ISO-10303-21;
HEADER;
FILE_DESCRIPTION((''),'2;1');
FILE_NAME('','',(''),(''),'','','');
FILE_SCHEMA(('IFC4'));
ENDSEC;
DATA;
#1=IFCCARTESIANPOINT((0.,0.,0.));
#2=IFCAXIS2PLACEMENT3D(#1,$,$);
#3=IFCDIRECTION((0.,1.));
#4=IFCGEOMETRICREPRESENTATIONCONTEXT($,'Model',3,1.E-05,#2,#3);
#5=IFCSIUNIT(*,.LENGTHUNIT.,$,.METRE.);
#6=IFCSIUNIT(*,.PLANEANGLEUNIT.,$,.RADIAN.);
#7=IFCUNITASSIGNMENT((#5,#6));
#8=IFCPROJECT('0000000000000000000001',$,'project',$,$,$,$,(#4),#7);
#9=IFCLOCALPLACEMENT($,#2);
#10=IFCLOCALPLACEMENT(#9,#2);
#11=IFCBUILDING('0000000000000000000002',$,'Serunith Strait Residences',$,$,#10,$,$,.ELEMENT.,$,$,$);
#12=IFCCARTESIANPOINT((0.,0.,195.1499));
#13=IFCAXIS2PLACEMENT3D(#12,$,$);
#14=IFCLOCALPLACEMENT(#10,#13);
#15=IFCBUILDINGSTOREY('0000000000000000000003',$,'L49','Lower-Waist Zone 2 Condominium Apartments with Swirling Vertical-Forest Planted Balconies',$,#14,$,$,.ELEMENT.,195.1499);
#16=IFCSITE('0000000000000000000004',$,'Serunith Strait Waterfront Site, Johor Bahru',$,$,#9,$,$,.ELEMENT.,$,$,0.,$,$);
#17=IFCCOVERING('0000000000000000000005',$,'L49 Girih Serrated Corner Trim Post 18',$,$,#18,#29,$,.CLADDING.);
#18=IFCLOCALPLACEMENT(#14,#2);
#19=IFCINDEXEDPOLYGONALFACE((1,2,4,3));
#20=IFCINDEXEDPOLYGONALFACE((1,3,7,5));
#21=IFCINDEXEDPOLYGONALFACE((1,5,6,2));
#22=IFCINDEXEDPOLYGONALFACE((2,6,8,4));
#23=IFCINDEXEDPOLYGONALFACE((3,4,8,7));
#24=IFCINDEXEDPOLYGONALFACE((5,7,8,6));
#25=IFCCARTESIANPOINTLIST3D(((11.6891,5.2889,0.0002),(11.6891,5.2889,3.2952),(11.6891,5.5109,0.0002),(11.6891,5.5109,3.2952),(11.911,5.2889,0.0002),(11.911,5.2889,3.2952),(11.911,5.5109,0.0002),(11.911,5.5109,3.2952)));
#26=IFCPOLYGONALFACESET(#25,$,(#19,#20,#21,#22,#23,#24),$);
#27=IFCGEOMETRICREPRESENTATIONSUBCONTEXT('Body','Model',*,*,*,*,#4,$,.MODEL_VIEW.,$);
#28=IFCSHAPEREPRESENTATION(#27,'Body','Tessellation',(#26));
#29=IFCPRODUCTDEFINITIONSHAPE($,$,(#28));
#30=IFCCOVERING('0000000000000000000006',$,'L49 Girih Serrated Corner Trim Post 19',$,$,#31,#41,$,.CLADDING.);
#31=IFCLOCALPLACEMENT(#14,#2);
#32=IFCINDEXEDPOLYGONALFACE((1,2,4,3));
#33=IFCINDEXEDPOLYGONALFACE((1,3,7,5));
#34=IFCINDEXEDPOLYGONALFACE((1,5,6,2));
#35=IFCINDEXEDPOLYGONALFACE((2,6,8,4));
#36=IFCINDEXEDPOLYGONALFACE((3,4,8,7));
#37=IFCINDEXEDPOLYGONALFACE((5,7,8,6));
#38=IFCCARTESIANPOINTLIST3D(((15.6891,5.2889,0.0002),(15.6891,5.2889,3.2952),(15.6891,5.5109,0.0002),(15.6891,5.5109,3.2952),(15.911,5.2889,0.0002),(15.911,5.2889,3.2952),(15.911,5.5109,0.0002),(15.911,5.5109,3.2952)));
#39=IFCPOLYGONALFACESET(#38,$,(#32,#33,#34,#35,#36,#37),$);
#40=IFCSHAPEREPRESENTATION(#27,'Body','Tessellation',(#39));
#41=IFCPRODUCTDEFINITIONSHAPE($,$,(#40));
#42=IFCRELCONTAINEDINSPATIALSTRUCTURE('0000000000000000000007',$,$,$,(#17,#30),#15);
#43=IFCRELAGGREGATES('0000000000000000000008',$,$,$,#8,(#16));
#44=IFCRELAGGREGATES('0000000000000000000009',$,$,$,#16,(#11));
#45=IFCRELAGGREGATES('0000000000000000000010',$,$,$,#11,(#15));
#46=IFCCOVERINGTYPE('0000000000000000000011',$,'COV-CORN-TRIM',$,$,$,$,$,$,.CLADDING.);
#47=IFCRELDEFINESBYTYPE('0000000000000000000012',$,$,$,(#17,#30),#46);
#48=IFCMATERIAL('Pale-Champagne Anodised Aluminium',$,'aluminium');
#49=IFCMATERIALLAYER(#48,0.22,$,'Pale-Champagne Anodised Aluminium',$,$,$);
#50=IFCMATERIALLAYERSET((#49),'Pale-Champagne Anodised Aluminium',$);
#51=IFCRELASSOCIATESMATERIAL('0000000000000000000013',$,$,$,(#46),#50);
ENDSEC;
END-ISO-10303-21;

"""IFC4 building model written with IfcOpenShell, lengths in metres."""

from ifc_helpers import new_model, si_unit, direction, frame, origin, origin_2d, place, context, subcontext, project, spatial, rectangle, extrude, source, transform, mapped, material, layer, layer_set, type_object, element, save


model = new_model("IFC4")

# Units and contexts
model_context = context("Model", 3, precision=1e-05, world=origin(), true_north=direction((0.0, 1.0)))
body_context = subcontext(model_context, "Body", "Model", "MODEL_VIEW")
ifc_project = project(units=[si_unit("LENGTHUNIT", "METRE"), si_unit("PLANEANGLEUNIT", "RADIAN")], contexts=[model_context])

# Site, building, storey
site_placement = place(None, origin())
site = spatial("IfcSite", under=ifc_project, at=site_placement, Name="Serunith Strait Waterfront Site, Johor Bahru", CompositionType="ELEMENT", RefElevation=0.0)
building_placement = place(site_placement, origin())
building = spatial("IfcBuilding", under=site, at=building_placement, Name="Serunith Strait Residences", CompositionType="ELEMENT")
storey_placement = place(building_placement, frame((0.0, 0.0, 195.1499)))
storey = spatial("IfcBuildingStorey", under=building, at=storey_placement, Name="L49", Description="Lower-Waist Zone 2 Condominium Apartments with Swirling Vertical-Forest Planted Balconies", CompositionType="ELEMENT", Elevation=195.1499)

# Coverings
ifc_material_1 = material(Name="Pale-Champagne Anodised Aluminium", Category="aluminium")
ifc_layer_1 = layer(ifc_material_1, 0.22, Name="Pale-Champagne Anodised Aluminium")
ifc_layer_set_1 = layer_set([ifc_layer_1], Name="Pale-Champagne Anodised Aluminium")
covering_type_1 = type_object("IfcCoveringType", Name="COV-CORN-TRIM", PredefinedType="CLADDING", material=ifc_layer_set_1)
shared_shape_1 = source(origin(), body_context, "Body", "SweptSolid", [
    extrude(rectangle(XDim=0.2219, YDim=0.2219, at=origin_2d()), origin(), (0.0, 0.0, 1.0), 3.2949),
])
for number, where, z_axis, x_axis, name in (
    (1, (11.8, 5.3999, 0.0002), (0.0, 0.0, 1.0), (1.0, 0.0, 0.0), "L49 Girih Serrated Corner Trim Post 18"),
    (2, (15.8, 5.3999, 0.0002), (0.0, 0.0, 1.0), (1.0, 0.0, 0.0), "L49 Girih Serrated Corner Trim Post 19"),
):
    element("IfcCovering", number, at=place(storey_placement, frame(where, z_axis=z_axis, x_axis=x_axis)), inside=storey, type_object=covering_type_1, Name=name, PredefinedType="CLADDING", context=body_context, shape_type="MappedRepresentation", body=[
        mapped(shared_shape_1, transform((0.0, 0.0, 0.0), scale=1.0)),
    ])

save(model, "model.ifc")
